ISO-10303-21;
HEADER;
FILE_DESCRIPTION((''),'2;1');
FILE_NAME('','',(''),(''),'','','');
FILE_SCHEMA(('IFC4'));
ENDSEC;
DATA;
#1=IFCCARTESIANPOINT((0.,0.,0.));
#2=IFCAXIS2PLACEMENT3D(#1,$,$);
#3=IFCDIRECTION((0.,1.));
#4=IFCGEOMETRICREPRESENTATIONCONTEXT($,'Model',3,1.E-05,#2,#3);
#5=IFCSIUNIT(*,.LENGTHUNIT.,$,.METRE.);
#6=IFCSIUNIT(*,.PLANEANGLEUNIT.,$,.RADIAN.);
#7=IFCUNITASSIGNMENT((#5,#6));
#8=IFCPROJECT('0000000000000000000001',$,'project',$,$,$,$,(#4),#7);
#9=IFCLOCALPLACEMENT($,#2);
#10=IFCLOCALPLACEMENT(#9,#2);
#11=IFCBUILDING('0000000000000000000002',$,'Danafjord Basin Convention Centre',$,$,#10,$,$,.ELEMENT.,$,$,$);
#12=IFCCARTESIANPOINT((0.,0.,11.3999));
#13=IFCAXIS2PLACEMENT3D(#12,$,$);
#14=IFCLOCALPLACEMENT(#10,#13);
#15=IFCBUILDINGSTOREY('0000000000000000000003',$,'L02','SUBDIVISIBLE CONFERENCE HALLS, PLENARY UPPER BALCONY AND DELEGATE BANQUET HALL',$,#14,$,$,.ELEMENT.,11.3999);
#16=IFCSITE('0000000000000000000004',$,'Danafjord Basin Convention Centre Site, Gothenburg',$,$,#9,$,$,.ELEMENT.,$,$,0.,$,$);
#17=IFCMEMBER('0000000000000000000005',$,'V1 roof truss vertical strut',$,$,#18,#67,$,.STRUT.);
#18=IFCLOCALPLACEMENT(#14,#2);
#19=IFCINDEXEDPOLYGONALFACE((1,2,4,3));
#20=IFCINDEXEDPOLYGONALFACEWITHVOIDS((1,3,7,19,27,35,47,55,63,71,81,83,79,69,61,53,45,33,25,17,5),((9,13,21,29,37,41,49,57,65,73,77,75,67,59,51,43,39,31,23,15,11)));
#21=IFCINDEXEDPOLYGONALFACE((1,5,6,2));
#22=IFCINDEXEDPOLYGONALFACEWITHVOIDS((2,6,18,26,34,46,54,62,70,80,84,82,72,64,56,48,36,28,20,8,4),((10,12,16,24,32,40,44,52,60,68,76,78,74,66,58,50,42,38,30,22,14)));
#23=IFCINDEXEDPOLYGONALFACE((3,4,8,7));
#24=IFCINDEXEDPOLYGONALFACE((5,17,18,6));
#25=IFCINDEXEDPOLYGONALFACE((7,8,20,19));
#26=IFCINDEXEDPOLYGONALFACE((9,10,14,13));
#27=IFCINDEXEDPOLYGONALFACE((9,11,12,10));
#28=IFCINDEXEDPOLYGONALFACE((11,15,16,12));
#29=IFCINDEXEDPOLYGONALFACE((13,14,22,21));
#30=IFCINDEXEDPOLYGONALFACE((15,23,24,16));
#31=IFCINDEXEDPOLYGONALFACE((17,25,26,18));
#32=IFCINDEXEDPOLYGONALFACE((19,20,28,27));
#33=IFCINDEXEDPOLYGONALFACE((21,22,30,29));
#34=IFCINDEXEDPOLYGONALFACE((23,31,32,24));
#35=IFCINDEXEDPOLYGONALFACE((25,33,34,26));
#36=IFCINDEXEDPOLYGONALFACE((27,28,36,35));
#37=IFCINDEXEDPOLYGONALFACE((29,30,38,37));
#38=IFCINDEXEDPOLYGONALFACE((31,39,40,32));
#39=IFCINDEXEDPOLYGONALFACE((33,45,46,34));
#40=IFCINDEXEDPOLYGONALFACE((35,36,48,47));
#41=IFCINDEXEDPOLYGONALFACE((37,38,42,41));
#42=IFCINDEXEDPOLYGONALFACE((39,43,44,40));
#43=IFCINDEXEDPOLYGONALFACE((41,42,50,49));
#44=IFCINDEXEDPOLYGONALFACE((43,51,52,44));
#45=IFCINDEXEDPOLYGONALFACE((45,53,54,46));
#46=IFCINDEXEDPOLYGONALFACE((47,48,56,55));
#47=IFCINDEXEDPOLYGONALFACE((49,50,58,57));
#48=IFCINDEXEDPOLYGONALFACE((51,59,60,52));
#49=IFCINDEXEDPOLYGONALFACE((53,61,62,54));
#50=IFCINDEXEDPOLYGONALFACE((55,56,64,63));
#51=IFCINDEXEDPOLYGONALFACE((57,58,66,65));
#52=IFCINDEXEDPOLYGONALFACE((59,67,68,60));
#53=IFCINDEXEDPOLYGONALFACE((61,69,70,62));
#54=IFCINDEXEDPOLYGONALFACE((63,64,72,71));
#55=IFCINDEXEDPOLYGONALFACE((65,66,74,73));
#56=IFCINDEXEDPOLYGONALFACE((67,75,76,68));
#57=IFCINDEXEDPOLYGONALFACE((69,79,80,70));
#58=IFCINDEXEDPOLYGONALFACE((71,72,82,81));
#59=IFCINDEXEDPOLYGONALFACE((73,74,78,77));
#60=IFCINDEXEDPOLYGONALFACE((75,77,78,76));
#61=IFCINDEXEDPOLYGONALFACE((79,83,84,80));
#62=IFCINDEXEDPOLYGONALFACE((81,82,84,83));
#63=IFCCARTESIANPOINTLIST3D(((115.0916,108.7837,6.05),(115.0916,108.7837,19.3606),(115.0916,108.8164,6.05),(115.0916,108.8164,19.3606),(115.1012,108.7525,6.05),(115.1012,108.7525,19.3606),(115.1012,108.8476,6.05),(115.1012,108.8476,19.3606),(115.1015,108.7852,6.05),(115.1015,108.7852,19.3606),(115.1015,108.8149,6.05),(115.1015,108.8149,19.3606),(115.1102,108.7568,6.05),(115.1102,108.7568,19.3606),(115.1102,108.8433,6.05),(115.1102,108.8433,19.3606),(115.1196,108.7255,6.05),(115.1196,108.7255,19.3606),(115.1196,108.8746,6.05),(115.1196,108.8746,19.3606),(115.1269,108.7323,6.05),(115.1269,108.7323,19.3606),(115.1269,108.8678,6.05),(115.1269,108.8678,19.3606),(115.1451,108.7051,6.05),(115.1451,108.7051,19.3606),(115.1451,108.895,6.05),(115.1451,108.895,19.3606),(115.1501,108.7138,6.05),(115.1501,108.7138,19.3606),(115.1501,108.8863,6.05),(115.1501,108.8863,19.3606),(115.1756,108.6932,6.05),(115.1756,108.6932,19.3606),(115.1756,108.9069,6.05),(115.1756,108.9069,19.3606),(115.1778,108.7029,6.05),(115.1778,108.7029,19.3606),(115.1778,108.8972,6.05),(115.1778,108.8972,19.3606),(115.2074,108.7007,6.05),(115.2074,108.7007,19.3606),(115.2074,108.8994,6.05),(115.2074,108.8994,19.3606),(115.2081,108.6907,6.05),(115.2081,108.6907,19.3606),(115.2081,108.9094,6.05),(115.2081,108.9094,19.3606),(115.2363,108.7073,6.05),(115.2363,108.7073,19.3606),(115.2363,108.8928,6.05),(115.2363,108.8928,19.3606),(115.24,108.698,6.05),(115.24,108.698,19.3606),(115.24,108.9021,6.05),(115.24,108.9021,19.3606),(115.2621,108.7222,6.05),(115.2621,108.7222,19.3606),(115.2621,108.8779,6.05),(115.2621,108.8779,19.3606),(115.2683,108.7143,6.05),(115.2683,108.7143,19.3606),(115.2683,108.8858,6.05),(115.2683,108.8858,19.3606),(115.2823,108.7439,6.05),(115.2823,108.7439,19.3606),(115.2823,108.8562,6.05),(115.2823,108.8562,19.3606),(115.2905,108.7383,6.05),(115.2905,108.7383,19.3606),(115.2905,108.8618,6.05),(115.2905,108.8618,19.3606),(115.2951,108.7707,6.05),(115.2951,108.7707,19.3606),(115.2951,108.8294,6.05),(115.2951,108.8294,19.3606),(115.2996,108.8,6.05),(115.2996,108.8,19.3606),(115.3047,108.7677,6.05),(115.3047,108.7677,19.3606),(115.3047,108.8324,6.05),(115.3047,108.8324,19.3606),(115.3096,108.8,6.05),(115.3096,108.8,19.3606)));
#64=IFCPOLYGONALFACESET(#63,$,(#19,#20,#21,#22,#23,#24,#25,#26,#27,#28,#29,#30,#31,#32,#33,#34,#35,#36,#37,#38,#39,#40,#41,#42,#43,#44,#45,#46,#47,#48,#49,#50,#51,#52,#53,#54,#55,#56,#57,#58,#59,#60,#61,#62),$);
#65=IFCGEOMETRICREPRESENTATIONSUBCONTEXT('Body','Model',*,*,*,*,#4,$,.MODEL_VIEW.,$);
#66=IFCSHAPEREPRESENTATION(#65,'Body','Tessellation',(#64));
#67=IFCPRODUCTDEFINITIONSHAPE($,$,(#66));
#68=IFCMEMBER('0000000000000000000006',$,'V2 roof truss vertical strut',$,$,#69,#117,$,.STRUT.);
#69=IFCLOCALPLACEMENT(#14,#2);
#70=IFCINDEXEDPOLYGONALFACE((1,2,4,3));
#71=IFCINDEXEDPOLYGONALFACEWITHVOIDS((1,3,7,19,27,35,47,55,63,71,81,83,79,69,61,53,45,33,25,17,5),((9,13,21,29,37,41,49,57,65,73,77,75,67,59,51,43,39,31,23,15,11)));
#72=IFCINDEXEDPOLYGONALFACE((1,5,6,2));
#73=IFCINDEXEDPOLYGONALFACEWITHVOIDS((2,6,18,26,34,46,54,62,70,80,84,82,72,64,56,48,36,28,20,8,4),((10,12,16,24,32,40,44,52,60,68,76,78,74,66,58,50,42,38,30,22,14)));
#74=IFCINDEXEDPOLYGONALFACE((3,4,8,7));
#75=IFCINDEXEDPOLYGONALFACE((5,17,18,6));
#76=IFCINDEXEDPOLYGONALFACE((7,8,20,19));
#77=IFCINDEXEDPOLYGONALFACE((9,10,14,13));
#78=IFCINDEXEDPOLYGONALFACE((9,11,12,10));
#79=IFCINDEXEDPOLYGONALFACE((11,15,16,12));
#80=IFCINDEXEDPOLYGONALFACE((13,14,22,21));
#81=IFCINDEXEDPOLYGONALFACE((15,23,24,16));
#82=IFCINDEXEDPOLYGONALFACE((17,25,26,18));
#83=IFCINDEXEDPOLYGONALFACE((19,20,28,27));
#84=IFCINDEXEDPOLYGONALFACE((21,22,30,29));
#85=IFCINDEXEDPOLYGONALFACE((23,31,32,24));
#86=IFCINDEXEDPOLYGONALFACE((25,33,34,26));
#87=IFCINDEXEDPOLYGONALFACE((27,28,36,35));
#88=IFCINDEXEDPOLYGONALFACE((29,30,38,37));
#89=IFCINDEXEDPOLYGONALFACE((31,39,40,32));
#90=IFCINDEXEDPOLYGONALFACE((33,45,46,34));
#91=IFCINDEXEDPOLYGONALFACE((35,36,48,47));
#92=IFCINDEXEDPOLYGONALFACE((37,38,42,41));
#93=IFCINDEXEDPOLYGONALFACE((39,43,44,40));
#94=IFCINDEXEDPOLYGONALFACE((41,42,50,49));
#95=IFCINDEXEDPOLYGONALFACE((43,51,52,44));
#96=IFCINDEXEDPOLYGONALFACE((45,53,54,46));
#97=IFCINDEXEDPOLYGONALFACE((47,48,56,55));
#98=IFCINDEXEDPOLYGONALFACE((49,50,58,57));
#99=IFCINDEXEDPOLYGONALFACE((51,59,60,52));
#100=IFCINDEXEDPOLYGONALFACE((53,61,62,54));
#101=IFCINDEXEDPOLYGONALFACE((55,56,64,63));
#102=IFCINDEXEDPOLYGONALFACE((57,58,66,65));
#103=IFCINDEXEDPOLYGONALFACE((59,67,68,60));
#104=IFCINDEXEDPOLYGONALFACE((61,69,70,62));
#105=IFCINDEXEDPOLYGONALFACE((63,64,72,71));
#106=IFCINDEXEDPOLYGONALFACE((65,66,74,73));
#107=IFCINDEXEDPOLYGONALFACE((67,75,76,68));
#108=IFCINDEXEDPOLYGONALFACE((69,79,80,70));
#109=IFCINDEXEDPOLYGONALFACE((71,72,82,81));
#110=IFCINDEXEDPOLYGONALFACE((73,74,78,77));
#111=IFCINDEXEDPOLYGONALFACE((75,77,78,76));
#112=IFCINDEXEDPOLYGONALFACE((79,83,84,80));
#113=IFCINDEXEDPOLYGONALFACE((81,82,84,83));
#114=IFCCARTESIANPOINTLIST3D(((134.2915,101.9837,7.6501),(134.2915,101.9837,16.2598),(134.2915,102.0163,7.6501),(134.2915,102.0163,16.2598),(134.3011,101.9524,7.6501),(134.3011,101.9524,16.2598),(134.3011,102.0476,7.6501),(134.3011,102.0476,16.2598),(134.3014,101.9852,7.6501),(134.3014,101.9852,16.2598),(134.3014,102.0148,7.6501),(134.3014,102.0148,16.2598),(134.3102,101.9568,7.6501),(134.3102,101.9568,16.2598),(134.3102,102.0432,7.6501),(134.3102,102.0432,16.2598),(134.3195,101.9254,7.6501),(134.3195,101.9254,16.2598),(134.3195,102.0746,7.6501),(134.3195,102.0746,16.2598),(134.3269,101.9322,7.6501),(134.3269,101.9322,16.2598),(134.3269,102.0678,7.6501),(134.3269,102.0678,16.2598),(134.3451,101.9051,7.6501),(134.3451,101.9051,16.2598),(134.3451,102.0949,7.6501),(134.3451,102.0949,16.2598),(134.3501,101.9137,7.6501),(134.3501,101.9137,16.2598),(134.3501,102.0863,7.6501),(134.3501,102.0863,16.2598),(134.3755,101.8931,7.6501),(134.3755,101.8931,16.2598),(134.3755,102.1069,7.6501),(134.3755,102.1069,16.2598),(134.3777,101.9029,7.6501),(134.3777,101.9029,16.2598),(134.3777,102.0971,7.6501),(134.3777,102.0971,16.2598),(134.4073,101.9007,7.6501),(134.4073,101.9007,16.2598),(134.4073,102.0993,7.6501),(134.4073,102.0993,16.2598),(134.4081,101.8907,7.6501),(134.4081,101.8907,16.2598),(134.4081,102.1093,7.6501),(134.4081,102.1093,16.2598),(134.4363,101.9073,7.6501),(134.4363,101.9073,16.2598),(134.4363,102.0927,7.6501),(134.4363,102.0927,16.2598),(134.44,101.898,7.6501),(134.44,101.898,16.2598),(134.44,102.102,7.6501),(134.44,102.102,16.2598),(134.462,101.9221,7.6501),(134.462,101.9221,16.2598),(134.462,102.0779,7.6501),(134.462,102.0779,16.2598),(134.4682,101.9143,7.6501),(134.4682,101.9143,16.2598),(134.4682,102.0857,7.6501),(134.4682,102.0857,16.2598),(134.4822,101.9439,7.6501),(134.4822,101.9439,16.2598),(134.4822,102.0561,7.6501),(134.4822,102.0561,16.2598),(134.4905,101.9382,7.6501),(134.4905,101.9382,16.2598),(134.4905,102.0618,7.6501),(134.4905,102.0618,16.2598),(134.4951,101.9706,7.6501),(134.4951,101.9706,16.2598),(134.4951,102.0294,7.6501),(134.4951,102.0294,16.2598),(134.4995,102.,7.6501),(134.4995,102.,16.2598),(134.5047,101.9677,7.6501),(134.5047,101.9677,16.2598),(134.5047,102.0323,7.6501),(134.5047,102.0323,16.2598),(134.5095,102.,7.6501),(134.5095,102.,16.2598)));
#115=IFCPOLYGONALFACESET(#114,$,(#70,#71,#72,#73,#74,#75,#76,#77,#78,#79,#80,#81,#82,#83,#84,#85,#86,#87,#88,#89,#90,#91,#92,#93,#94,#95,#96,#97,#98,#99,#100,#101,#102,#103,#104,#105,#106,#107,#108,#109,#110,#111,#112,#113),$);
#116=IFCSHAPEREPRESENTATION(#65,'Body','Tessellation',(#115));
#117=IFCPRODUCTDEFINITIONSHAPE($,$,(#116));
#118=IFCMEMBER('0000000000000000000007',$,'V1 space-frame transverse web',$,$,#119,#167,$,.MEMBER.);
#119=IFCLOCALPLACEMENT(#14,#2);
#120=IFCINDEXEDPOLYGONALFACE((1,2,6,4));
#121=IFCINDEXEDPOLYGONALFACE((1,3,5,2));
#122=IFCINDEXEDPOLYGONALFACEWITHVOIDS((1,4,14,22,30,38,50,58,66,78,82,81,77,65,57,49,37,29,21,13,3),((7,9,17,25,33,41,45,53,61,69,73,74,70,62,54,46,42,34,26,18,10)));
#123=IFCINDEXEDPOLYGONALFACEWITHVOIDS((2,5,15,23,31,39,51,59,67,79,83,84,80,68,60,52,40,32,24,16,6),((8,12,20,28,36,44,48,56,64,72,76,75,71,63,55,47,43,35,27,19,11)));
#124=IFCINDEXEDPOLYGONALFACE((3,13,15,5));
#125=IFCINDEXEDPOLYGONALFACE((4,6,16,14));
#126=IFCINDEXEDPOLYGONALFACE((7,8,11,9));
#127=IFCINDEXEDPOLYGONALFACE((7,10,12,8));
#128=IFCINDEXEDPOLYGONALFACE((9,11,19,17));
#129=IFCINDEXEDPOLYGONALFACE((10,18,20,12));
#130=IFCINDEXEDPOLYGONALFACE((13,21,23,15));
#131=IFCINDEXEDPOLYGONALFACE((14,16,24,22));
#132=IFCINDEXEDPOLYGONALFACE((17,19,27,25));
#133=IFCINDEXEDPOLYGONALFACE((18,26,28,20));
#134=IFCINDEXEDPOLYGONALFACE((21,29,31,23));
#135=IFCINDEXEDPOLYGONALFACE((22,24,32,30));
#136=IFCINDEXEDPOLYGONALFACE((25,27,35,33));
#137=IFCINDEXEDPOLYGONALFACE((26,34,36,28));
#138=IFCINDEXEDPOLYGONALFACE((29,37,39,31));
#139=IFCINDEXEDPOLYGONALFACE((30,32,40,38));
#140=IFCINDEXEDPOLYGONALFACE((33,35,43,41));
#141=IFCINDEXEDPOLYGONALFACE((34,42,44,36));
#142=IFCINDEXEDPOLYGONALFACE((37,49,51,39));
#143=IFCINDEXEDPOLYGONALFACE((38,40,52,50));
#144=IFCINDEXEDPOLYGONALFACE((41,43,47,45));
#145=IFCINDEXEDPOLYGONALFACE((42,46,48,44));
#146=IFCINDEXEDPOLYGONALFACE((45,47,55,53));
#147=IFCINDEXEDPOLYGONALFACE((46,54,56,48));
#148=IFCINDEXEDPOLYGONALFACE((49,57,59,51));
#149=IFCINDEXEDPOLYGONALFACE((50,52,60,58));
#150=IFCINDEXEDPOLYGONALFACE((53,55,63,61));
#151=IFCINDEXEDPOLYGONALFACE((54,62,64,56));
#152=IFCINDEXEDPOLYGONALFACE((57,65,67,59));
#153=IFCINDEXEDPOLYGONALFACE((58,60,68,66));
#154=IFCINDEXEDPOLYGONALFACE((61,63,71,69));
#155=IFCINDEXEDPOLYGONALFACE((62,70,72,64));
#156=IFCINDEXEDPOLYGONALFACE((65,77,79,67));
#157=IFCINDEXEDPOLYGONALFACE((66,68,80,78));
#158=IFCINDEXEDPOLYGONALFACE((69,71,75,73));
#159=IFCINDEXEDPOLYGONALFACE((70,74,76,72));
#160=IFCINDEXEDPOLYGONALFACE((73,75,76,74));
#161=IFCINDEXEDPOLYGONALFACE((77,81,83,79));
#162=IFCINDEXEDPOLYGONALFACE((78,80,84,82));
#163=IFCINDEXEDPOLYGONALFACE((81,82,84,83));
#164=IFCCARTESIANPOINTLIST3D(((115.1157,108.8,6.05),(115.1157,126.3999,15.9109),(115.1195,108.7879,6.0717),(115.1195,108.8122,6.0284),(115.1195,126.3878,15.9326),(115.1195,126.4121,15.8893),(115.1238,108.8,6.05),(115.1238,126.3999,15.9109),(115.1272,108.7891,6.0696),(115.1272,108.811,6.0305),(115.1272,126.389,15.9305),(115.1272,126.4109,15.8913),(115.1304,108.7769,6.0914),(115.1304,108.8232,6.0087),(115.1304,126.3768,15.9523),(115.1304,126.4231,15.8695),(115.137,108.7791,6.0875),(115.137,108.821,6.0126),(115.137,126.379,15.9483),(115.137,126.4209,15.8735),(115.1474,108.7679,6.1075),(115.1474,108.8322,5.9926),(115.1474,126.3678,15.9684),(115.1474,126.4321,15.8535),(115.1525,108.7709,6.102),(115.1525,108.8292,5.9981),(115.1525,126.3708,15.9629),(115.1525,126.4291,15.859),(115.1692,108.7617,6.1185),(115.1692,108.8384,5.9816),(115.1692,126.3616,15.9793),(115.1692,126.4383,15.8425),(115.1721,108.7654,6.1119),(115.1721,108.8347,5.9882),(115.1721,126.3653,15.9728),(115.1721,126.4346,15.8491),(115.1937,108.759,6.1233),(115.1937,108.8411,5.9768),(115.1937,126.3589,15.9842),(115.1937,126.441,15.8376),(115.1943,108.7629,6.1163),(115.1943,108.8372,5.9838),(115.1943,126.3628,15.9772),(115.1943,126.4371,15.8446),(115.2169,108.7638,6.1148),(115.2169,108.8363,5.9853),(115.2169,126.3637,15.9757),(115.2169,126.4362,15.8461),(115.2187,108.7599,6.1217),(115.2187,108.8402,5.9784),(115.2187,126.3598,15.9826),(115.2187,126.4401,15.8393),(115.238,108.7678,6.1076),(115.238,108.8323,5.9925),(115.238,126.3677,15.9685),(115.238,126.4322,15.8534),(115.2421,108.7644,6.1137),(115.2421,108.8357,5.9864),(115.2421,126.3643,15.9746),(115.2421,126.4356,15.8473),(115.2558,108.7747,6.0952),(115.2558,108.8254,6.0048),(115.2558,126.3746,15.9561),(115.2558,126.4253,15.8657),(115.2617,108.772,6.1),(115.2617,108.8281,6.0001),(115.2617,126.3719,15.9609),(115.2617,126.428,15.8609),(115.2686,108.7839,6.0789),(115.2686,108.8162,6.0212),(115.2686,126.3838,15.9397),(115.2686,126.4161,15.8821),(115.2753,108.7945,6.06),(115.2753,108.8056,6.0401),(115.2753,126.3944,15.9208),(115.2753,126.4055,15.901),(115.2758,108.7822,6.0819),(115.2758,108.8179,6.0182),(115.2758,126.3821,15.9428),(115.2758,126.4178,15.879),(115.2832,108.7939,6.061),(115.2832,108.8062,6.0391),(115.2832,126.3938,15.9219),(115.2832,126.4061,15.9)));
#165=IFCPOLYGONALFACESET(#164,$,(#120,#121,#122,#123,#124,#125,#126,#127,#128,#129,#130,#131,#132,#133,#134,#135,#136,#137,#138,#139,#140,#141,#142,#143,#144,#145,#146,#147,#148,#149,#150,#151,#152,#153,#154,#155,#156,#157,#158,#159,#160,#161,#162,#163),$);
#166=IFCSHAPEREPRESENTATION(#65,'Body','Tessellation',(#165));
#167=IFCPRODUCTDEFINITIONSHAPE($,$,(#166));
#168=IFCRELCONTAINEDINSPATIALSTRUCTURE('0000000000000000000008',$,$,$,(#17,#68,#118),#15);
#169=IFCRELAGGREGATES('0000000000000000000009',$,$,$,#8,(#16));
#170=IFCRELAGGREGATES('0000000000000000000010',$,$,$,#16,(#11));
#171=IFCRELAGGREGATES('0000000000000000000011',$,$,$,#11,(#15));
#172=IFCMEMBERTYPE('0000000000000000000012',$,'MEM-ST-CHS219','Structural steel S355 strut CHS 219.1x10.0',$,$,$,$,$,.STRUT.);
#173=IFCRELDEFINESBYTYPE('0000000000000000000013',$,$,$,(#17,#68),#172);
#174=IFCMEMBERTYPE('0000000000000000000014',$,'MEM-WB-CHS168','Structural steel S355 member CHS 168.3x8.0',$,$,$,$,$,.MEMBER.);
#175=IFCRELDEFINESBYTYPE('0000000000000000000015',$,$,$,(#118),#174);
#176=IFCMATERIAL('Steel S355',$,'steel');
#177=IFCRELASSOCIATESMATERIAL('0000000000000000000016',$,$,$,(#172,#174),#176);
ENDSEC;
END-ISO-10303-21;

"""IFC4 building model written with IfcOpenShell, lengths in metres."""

from ifc_helpers import new_model, si_unit, direction, frame, origin, origin_2d, place, context, subcontext, project, spatial, hollow_circle, extrude, material, material_profile, profile_set, type_object, element, save


model = new_model("IFC4")

# Units and contexts
model_context = context("Model", 3, precision=1e-05, world=origin(), true_north=direction((0.0, 1.0)))
body_context = subcontext(model_context, "Body", "Model", "MODEL_VIEW")
ifc_project = project(units=[si_unit("LENGTHUNIT", "METRE"), si_unit("PLANEANGLEUNIT", "RADIAN")], contexts=[model_context])

# Site, building, storey
site_placement = place(None, origin())
site = spatial("IfcSite", under=ifc_project, at=site_placement, Name="Danafjord Basin Convention Centre Site, Gothenburg", CompositionType="ELEMENT", RefElevation=0.0)
building_placement = place(site_placement, origin())
building = spatial("IfcBuilding", under=site, at=building_placement, Name="Danafjord Basin Convention Centre", CompositionType="ELEMENT")
storey_placement = place(building_placement, frame((0.0, 0.0, 11.3999)))
storey = spatial("IfcBuildingStorey", under=building, at=storey_placement, Name="L02", Description="SUBDIVISIBLE CONFERENCE HALLS, PLENARY UPPER BALCONY AND DELEGATE BANQUET HALL", CompositionType="ELEMENT", Elevation=11.3999)

# Shared definitions
ifc_material_1 = material(Name="Steel S355", Category="steel")

# Members
ifc_material_profile_1 = material_profile(ifc_material_1, hollow_circle(Radius=0.1096, WallThickness=0.01, at=origin_2d()), Name="CHS 219.1x10.0")
ifc_profile_set_1 = profile_set([ifc_material_profile_1], Name="Steel S355")
member_type_1 = type_object("IfcMemberType", Name="MEM-ST-CHS219", Description="Structural steel S355 strut CHS 219.1x10.0", PredefinedType="STRUT", material=ifc_profile_set_1)
member_1_placement = place(storey_placement, frame((115.2, 108.8, 6.05), z_axis=(0.0, 0.0, 1.0), x_axis=(1.0, 0.0, 0.0)))
element("IfcMember", 1, at=member_1_placement, inside=storey, type_object=member_type_1, Name="V1 roof truss vertical strut", PredefinedType="STRUT", context=body_context, shape_type="SweptSolid", body=[
    extrude(hollow_circle(Radius=0.1096, WallThickness=0.01, at=origin_2d()), origin(), (0.0, 0.0, 1.0), 13.3105),
])
member_2_placement = place(storey_placement, frame((134.3999, 102.0, 7.6501), z_axis=(0.0, 0.0, 1.0), x_axis=(1.0, 0.0, 0.0)))
element("IfcMember", 2, at=member_2_placement, inside=storey, type_object=member_type_1, Name="V2 roof truss vertical strut", PredefinedType="STRUT", context=body_context, shape_type="SweptSolid", body=[
    extrude(hollow_circle(Radius=0.1096, WallThickness=0.01, at=origin_2d()), origin(), (0.0, 0.0, 1.0), 8.6096),
])
ifc_material_profile_2 = material_profile(ifc_material_1, hollow_circle(Radius=0.0842, WallThickness=0.0081, at=origin_2d()), Name="CHS 168.3x8.0")
ifc_profile_set_2 = profile_set([ifc_material_profile_2], Name="Steel S355")
member_type_2 = type_object("IfcMemberType", Name="MEM-WB-CHS168", Description="Structural steel S355 member CHS 168.3x8.0", PredefinedType="MEMBER", material=ifc_profile_set_2)
member_3_placement = place(storey_placement, frame((115.2, 108.8, 6.05), z_axis=(0.0, 0.872402, 0.488789), x_axis=(-1.0, 0.0, 0.0)))
element("IfcMember", 3, at=member_3_placement, inside=storey, type_object=member_type_2, Name="V1 space-frame transverse web", PredefinedType="MEMBER", context=body_context, shape_type="SweptSolid", body=[
    extrude(hollow_circle(Radius=0.0842, WallThickness=0.0081, at=origin_2d()), origin(), (0.0, 0.0, 1.0), 20.1741),
])

save(model, "model.ifc")
